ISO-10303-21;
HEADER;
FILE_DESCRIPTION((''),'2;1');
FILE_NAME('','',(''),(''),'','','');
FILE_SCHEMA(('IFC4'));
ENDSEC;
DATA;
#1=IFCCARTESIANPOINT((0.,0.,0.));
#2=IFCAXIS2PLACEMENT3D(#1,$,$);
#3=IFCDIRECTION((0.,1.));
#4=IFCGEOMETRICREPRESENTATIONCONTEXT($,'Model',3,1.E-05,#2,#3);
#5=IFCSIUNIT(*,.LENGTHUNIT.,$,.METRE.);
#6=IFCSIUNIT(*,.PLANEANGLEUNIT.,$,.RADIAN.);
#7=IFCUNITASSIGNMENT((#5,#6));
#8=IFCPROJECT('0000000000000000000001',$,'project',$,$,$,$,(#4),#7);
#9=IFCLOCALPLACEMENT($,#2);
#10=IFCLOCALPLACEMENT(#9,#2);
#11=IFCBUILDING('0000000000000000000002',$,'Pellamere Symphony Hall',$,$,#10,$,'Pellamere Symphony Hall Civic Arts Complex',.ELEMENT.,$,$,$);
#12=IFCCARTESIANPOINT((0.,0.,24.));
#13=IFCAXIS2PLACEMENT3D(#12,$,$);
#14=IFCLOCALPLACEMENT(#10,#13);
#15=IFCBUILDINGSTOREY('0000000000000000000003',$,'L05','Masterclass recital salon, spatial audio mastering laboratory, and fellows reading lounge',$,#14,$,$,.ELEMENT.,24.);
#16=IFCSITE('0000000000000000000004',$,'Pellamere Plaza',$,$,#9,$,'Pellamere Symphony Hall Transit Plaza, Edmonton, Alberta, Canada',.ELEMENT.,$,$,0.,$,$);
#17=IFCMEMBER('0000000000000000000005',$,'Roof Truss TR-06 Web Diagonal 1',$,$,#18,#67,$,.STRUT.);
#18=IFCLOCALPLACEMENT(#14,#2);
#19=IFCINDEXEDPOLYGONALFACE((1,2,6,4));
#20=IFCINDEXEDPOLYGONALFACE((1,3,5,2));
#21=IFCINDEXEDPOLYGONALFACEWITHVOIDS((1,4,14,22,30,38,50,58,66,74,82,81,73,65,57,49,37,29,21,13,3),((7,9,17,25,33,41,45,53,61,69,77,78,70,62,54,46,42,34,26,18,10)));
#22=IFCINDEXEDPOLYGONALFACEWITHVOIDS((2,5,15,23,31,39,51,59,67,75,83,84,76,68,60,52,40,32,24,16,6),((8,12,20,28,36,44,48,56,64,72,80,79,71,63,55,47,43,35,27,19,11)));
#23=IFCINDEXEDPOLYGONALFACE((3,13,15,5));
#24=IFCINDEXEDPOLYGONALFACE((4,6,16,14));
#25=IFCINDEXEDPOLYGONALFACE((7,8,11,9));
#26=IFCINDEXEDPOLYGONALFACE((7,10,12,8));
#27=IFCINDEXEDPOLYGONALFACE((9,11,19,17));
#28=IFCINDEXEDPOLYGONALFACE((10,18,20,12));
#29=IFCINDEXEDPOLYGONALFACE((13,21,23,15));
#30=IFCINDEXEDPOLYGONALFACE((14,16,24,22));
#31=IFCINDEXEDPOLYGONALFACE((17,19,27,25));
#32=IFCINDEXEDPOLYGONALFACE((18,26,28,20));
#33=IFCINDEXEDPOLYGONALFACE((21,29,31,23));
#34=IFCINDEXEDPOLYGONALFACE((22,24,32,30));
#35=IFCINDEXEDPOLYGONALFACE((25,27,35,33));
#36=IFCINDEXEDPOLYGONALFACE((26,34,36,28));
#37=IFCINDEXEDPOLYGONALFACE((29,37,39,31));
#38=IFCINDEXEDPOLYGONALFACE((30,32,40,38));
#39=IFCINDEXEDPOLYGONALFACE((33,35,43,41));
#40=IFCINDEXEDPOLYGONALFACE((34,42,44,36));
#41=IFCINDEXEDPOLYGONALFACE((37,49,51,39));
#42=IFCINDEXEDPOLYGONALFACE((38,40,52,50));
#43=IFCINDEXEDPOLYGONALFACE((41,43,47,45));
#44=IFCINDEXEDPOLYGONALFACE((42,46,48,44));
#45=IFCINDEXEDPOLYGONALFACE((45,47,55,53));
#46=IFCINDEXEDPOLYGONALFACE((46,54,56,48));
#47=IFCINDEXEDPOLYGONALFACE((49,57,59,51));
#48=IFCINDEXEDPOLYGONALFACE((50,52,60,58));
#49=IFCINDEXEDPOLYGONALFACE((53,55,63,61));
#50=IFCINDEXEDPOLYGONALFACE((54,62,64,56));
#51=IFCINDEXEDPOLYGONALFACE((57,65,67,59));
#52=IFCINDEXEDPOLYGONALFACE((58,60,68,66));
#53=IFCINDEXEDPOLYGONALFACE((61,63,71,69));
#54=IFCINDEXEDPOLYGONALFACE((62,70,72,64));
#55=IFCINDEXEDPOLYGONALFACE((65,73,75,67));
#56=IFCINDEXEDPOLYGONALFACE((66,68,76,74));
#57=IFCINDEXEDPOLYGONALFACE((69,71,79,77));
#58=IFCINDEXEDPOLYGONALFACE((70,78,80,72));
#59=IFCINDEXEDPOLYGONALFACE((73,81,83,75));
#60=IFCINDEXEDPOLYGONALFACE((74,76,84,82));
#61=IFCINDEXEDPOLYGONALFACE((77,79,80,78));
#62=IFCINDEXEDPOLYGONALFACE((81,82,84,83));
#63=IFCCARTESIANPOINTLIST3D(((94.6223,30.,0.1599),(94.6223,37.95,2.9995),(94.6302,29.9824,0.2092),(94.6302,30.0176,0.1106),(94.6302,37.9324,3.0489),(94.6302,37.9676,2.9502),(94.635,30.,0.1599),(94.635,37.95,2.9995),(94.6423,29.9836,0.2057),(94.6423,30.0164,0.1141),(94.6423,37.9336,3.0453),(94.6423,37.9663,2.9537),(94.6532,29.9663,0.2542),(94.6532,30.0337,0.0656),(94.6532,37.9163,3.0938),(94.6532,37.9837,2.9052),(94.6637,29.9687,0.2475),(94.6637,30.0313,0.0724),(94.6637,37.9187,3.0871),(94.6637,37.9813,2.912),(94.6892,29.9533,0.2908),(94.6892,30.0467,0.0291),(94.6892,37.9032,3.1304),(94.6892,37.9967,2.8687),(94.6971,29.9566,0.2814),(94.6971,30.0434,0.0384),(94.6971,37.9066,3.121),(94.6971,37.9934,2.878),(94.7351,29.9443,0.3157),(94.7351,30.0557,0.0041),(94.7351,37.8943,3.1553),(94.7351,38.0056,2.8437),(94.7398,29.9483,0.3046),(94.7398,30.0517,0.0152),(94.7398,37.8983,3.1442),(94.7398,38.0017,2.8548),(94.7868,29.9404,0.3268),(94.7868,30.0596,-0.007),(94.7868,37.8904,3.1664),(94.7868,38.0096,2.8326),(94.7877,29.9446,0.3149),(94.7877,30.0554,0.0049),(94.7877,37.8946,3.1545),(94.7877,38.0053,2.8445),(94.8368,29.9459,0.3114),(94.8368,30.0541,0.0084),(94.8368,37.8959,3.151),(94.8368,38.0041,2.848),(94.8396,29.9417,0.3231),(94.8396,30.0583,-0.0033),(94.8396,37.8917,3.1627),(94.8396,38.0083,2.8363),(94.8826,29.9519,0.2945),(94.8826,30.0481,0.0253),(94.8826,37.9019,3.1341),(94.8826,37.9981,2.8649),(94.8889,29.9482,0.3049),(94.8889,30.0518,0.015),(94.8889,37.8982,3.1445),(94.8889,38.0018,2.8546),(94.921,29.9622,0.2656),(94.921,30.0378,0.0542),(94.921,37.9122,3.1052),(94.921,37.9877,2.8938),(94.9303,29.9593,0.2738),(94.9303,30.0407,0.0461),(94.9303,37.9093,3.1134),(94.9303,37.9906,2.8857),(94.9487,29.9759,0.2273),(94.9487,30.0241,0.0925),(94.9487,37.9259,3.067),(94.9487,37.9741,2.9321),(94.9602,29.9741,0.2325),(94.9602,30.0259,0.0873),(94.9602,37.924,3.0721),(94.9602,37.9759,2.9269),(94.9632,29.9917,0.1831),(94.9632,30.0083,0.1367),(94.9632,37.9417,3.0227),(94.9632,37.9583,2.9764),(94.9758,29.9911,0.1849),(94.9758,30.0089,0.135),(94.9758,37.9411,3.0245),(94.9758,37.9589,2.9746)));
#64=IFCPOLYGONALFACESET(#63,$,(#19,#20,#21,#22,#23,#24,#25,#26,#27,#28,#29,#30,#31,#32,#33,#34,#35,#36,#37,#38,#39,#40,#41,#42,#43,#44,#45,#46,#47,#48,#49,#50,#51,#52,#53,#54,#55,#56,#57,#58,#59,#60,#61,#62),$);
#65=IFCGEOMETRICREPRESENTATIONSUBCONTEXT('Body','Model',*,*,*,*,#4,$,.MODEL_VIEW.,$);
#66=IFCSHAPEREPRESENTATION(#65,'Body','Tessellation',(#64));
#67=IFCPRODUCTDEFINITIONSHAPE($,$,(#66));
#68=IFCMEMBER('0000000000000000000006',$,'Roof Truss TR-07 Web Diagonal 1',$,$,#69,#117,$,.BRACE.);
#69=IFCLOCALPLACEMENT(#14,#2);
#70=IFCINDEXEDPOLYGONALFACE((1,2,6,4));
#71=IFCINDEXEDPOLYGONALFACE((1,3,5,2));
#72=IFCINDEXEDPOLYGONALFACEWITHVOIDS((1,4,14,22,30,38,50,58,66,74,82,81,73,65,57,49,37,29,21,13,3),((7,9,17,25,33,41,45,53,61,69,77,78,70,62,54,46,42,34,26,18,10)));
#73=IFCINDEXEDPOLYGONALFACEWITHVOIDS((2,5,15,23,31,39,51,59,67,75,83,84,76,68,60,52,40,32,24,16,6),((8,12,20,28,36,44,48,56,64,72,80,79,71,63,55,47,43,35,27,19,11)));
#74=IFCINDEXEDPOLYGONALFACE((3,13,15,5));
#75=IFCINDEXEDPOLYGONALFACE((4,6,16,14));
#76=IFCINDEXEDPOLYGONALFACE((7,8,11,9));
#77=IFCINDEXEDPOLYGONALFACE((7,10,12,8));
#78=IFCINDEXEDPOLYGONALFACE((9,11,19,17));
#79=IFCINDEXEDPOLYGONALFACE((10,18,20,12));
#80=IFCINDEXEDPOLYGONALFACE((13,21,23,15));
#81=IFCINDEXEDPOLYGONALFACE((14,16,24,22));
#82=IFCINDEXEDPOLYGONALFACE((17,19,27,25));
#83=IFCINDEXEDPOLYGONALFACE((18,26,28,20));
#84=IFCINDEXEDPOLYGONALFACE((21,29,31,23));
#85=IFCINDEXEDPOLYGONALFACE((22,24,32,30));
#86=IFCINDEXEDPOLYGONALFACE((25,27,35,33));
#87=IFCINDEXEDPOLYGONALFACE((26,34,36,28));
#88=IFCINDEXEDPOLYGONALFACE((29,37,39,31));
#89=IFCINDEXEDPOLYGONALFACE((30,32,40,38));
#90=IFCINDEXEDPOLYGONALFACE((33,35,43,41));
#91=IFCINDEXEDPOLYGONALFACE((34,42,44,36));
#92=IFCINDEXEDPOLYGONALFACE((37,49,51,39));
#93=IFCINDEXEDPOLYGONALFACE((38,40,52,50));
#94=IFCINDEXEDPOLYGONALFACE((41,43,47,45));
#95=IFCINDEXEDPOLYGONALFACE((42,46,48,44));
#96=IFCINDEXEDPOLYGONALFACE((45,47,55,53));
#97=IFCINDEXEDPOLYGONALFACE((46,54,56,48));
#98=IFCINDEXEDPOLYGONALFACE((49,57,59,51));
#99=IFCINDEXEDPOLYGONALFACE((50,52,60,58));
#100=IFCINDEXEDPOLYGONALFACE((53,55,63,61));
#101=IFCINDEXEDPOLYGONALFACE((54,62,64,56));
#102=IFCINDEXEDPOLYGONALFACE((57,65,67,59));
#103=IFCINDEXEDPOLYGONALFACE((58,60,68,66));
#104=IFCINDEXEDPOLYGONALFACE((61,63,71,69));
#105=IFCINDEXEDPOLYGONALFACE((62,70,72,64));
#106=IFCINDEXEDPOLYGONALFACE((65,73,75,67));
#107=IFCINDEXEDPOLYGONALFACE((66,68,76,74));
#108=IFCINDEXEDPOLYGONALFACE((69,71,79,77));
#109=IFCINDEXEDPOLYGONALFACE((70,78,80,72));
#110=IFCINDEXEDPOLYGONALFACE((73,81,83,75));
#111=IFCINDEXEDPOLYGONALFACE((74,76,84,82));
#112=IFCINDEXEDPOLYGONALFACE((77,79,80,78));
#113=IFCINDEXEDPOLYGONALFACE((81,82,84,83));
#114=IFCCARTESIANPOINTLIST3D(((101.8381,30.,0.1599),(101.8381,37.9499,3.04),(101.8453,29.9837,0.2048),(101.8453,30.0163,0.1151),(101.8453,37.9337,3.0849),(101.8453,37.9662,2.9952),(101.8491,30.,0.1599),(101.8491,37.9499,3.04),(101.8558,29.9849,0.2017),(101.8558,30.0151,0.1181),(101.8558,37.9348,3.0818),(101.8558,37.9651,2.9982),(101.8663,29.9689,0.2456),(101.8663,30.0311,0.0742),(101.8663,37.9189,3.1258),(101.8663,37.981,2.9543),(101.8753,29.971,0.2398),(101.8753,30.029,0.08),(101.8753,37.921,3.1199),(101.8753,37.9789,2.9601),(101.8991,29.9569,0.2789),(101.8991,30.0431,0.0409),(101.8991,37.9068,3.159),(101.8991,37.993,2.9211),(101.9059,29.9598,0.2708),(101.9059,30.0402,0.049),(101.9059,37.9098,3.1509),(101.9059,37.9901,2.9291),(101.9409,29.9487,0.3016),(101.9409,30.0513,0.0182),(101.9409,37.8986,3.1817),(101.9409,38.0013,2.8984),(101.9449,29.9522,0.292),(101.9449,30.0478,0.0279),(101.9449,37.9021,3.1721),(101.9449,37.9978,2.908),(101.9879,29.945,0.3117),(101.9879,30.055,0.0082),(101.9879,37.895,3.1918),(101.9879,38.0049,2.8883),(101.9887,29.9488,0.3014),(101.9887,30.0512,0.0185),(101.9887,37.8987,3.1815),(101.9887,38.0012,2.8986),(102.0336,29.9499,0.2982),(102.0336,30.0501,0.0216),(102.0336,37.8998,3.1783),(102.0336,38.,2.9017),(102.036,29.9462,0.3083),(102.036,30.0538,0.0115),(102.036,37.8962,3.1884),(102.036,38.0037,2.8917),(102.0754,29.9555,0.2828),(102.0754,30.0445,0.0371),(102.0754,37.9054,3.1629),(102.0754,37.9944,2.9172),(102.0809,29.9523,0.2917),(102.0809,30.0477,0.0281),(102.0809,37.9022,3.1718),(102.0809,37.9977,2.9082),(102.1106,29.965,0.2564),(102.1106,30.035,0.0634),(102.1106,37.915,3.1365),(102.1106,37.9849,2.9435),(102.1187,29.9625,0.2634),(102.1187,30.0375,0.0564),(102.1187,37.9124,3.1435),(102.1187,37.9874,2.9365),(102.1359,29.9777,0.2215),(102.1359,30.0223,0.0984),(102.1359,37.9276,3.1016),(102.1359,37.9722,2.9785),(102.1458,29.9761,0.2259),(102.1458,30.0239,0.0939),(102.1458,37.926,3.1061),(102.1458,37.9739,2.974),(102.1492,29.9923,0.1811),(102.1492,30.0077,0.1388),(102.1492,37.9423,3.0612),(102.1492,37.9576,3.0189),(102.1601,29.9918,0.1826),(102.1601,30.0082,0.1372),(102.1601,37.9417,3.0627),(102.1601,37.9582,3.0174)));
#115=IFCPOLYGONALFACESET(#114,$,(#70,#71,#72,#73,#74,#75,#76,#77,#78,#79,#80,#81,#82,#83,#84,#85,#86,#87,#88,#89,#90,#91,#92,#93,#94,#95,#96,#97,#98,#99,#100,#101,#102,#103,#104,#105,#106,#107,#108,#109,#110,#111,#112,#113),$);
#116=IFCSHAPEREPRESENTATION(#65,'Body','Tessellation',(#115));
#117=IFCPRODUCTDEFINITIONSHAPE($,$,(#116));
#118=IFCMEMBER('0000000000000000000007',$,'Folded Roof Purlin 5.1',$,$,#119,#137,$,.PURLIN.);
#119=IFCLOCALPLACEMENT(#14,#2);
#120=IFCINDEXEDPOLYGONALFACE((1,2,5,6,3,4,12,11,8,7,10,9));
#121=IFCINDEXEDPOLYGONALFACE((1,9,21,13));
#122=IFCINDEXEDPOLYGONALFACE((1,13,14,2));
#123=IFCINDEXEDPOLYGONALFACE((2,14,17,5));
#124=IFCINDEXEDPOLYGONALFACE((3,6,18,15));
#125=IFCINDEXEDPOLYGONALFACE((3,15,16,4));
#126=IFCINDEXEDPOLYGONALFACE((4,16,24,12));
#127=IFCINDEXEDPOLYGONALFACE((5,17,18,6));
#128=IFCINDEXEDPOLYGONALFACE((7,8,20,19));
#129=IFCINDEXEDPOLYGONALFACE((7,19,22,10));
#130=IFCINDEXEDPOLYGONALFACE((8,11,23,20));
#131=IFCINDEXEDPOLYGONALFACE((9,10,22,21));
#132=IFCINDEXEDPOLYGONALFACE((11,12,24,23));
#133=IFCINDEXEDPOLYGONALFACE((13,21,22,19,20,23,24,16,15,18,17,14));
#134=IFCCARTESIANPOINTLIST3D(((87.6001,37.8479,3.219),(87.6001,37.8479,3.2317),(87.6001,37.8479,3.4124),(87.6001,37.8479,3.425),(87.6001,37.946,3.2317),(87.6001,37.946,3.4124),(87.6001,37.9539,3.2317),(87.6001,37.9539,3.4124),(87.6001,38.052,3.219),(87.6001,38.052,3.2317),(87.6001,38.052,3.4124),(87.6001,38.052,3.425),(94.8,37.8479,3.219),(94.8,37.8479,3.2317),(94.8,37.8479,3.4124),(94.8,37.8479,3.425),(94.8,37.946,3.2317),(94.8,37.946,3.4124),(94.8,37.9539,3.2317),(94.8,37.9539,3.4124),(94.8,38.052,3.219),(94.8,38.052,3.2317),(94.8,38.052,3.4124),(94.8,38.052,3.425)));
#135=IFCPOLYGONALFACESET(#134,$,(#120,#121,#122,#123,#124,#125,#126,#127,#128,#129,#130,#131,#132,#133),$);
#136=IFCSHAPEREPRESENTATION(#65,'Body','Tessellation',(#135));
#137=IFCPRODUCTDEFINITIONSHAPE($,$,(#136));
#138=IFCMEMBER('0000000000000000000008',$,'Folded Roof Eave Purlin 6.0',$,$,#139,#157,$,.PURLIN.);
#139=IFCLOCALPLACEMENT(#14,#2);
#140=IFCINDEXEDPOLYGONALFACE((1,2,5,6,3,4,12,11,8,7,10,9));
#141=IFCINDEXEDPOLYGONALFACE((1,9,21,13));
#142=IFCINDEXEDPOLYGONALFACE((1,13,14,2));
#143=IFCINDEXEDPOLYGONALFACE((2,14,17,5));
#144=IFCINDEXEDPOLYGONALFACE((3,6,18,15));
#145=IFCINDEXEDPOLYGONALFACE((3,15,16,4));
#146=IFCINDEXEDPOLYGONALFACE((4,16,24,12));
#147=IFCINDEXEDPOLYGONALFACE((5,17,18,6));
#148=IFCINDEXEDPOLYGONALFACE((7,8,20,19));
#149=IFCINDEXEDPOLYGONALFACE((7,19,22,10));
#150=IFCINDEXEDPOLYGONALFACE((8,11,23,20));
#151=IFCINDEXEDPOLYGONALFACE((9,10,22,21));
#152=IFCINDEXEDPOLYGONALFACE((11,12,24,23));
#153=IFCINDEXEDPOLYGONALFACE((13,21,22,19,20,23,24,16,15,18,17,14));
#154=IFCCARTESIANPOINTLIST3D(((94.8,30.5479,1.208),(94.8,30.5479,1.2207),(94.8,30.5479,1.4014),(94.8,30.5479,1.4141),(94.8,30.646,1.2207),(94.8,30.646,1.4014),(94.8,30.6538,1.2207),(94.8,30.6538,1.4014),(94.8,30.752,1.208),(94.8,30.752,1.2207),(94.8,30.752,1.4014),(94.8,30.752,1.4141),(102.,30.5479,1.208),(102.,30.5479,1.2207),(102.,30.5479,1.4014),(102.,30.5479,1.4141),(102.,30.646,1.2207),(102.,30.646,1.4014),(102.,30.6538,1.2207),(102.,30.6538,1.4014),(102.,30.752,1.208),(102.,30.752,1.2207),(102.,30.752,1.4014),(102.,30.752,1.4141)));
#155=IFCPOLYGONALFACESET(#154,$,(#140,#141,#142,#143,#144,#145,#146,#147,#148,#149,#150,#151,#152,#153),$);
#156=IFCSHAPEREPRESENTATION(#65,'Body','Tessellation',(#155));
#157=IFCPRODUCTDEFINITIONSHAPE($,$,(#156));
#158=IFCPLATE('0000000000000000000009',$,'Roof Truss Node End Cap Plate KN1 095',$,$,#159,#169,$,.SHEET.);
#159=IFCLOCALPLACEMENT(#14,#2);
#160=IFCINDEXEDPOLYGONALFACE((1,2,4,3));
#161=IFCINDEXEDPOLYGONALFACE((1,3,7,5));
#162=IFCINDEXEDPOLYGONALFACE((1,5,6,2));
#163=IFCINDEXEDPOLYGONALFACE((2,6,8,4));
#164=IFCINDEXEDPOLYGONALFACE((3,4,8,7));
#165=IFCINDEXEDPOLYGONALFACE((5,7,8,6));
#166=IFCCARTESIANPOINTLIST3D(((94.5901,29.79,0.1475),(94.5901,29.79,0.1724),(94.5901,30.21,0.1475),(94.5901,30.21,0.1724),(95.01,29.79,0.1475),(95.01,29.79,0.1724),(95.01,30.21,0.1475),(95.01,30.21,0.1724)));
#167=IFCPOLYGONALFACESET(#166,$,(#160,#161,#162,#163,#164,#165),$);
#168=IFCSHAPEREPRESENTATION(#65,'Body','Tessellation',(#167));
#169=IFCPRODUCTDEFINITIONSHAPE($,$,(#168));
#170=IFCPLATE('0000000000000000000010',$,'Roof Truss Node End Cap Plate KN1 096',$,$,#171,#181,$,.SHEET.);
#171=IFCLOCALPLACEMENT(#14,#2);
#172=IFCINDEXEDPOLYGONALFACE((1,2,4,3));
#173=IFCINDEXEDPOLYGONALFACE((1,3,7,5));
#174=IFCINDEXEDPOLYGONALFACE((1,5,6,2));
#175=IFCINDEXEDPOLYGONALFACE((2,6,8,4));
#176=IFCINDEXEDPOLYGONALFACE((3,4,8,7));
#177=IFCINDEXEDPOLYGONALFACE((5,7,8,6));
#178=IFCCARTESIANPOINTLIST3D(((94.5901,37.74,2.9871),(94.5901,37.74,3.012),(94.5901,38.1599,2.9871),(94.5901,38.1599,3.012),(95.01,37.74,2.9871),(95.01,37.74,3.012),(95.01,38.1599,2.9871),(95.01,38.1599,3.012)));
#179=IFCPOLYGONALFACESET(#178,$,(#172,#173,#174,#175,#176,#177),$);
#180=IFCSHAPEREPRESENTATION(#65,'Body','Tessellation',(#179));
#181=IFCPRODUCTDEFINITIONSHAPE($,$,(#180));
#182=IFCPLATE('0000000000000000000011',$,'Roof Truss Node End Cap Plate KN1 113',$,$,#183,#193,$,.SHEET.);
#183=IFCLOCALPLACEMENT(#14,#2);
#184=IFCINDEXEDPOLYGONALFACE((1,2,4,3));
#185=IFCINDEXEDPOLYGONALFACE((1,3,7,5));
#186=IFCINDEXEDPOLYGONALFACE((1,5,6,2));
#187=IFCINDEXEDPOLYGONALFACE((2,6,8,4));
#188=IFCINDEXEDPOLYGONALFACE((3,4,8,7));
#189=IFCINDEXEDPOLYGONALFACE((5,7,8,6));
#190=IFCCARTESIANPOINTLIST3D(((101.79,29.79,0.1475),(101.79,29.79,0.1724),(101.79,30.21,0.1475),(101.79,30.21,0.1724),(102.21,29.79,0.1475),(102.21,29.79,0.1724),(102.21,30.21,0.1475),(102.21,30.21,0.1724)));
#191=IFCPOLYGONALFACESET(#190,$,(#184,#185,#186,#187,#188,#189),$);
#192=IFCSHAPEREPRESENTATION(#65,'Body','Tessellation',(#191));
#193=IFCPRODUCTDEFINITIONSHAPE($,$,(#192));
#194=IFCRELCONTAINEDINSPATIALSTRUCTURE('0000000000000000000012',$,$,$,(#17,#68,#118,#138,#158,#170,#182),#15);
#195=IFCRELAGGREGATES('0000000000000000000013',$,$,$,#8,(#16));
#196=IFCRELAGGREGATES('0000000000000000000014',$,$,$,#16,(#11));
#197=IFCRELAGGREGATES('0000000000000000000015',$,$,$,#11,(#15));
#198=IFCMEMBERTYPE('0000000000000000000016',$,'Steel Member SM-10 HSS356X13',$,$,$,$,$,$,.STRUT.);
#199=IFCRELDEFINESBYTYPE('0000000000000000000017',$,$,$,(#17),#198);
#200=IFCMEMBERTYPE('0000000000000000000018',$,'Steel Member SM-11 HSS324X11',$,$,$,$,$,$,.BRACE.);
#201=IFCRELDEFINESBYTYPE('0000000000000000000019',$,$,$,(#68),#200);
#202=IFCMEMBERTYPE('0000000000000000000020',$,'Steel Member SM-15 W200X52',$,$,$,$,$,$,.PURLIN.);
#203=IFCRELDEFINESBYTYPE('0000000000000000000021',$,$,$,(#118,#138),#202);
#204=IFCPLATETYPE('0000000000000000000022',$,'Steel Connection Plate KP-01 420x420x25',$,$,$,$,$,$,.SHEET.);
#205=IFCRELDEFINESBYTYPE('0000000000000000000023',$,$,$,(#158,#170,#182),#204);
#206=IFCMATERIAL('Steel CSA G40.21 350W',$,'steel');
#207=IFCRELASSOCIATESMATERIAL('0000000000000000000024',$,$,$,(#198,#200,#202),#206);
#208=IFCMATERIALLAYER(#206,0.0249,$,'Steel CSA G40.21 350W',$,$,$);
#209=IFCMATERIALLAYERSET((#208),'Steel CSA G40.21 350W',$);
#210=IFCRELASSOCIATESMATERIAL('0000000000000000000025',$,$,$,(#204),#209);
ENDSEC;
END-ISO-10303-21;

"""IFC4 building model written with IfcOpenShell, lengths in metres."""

from ifc_helpers import new_model, si_unit, direction, frame, origin, origin_2d, place, context, subcontext, project, spatial, rectangle, hollow_circle, i_section, extrude, material, layer, layer_set, material_profile, profile_set, type_object, element, save


model = new_model("IFC4")

# Units and contexts
model_context = context("Model", 3, precision=1e-05, world=origin(), true_north=direction((0.0, 1.0)))
body_context = subcontext(model_context, "Body", "Model", "MODEL_VIEW")
ifc_project = project(units=[si_unit("LENGTHUNIT", "METRE"), si_unit("PLANEANGLEUNIT", "RADIAN")], contexts=[model_context])

# Site, building, storey
site_placement = place(None, origin())
site = spatial("IfcSite", under=ifc_project, at=site_placement, Name="Pellamere Plaza", LongName="Pellamere Symphony Hall Transit Plaza, Edmonton, Alberta, Canada", CompositionType="ELEMENT", RefElevation=0.0)
building_placement = place(site_placement, origin())
building = spatial("IfcBuilding", under=site, at=building_placement, Name="Pellamere Symphony Hall", LongName="Pellamere Symphony Hall Civic Arts Complex", CompositionType="ELEMENT")
storey_placement = place(building_placement, frame((0.0, 0.0, 24.0)))
storey = spatial("IfcBuildingStorey", under=building, at=storey_placement, Name="L05", Description="Masterclass recital salon, spatial audio mastering laboratory, and fellows reading lounge", CompositionType="ELEMENT", Elevation=24.0)

# Shared definitions
ifc_material_1 = material(Name="Steel CSA G40.21 350W", Category="steel")

# Members
ifc_material_profile_1 = material_profile(ifc_material_1, hollow_circle(Radius=0.1777, WallThickness=0.0127, at=origin_2d()), Name="HSS356X13")
ifc_profile_set_1 = profile_set([ifc_material_profile_1], Name="Steel CSA G40.21 350W")
member_type_1 = type_object("IfcMemberType", Name="Steel Member SM-10 HSS356X13", PredefinedType="STRUT", material=ifc_profile_set_1)
member_1_placement = place(storey_placement, frame((94.8, 30.0, 0.1599), z_axis=(0.0, 0.941729, 0.336371), x_axis=(-1.0, 0.0, 0.0)))
element("IfcMember", 1, at=member_1_placement, inside=storey, type_object=member_type_1, Name="Roof Truss TR-06 Web Diagonal 1", PredefinedType="STRUT", context=body_context, shape_type="SweptSolid", body=[
    extrude(hollow_circle(Radius=0.1777, WallThickness=0.0127, at=origin_2d()), origin(), (0.0, 0.0, 1.0), 8.4419),
])
ifc_material_profile_2 = material_profile(ifc_material_1, hollow_circle(Radius=0.1619, WallThickness=0.011, at=origin_2d()), Name="HSS324X11")
ifc_profile_set_2 = profile_set([ifc_material_profile_2], Name="Steel CSA G40.21 350W")
member_type_2 = type_object("IfcMemberType", Name="Steel Member SM-11 HSS324X11", PredefinedType="BRACE", material=ifc_profile_set_2)
member_2_placement = place(storey_placement, frame((102.0, 30.0, 0.1599), z_axis=(0.0, 0.940202, 0.340618), x_axis=(-1.0, 0.0, 0.0)))
element("IfcMember", 2, at=member_2_placement, inside=storey, type_object=member_type_2, Name="Roof Truss TR-07 Web Diagonal 1", PredefinedType="BRACE", context=body_context, shape_type="SweptSolid", body=[
    extrude(hollow_circle(Radius=0.1619, WallThickness=0.011, at=origin_2d()), origin(), (0.0, 0.0, 1.0), 8.4556),
])
ifc_material_profile_3 = material_profile(ifc_material_1, i_section(OverallWidth=0.2041, OverallDepth=0.2061, WebThickness=0.0078, FlangeThickness=0.0127, at=origin_2d()), Name="W200X52")
ifc_profile_set_3 = profile_set([ifc_material_profile_3], Name="Steel CSA G40.21 350W")
member_type_3 = type_object("IfcMemberType", Name="Steel Member SM-15 W200X52", PredefinedType="PURLIN", material=ifc_profile_set_3)
for number, where, z_axis, x_axis, name in (
    (3, (87.6001, 37.95, 3.322), (1.0, 0.0, 0.0), (0.0, 1.0, 0.0), "Folded Roof Purlin 5.1"),
    (4, (94.8, 30.6499, 1.311), (1.0, 0.0, 0.0), (0.0, 1.0, 0.0), "Folded Roof Eave Purlin 6.0"),
):
    element("IfcMember", number, at=place(storey_placement, frame(where, z_axis=z_axis, x_axis=x_axis)), inside=storey, type_object=member_type_3, Name=name, PredefinedType="PURLIN", context=body_context, shape_type="SweptSolid", body=[
        extrude(i_section(OverallWidth=0.2041, OverallDepth=0.2061, WebThickness=0.0078, FlangeThickness=0.0127, at=origin_2d()), origin(), (0.0, 0.0, 1.0), 7.2),
    ])

# Plates
ifc_layer_1 = layer(ifc_material_1, 0.0249, Name="Steel CSA G40.21 350W")
ifc_layer_set_1 = layer_set([ifc_layer_1], Name="Steel CSA G40.21 350W")
plate_type_1 = type_object("IfcPlateType", Name="Steel Connection Plate KP-01 420x420x25", PredefinedType="SHEET", material=ifc_layer_set_1)
for number, where, z_axis, x_axis, name in (
    (5, (94.8, 30.0, 0.1475), (0.0, 0.0, 1.0), (1.0, 0.0, 0.0), "Roof Truss Node End Cap Plate KN1 095"),
    (6, (94.8, 37.95, 2.9871), (0.0, 0.0, 1.0), (1.0, 0.0, 0.0), "Roof Truss Node End Cap Plate KN1 096"),
    (7, (102.0, 30.0, 0.1475), (0.0, 0.0, 1.0), (1.0, 0.0, 0.0), "Roof Truss Node End Cap Plate KN1 113"),
):
    element("IfcPlate", number, at=place(storey_placement, frame(where, z_axis=z_axis, x_axis=x_axis)), inside=storey, type_object=plate_type_1, Name=name, PredefinedType="SHEET", context=body_context, shape_type="SweptSolid", body=[
        extrude(rectangle(XDim=0.4199, YDim=0.4199, at=origin_2d()), origin(), (0.0, 0.0, 1.0), 0.0249),
    ])

save(model, "model.ifc")
